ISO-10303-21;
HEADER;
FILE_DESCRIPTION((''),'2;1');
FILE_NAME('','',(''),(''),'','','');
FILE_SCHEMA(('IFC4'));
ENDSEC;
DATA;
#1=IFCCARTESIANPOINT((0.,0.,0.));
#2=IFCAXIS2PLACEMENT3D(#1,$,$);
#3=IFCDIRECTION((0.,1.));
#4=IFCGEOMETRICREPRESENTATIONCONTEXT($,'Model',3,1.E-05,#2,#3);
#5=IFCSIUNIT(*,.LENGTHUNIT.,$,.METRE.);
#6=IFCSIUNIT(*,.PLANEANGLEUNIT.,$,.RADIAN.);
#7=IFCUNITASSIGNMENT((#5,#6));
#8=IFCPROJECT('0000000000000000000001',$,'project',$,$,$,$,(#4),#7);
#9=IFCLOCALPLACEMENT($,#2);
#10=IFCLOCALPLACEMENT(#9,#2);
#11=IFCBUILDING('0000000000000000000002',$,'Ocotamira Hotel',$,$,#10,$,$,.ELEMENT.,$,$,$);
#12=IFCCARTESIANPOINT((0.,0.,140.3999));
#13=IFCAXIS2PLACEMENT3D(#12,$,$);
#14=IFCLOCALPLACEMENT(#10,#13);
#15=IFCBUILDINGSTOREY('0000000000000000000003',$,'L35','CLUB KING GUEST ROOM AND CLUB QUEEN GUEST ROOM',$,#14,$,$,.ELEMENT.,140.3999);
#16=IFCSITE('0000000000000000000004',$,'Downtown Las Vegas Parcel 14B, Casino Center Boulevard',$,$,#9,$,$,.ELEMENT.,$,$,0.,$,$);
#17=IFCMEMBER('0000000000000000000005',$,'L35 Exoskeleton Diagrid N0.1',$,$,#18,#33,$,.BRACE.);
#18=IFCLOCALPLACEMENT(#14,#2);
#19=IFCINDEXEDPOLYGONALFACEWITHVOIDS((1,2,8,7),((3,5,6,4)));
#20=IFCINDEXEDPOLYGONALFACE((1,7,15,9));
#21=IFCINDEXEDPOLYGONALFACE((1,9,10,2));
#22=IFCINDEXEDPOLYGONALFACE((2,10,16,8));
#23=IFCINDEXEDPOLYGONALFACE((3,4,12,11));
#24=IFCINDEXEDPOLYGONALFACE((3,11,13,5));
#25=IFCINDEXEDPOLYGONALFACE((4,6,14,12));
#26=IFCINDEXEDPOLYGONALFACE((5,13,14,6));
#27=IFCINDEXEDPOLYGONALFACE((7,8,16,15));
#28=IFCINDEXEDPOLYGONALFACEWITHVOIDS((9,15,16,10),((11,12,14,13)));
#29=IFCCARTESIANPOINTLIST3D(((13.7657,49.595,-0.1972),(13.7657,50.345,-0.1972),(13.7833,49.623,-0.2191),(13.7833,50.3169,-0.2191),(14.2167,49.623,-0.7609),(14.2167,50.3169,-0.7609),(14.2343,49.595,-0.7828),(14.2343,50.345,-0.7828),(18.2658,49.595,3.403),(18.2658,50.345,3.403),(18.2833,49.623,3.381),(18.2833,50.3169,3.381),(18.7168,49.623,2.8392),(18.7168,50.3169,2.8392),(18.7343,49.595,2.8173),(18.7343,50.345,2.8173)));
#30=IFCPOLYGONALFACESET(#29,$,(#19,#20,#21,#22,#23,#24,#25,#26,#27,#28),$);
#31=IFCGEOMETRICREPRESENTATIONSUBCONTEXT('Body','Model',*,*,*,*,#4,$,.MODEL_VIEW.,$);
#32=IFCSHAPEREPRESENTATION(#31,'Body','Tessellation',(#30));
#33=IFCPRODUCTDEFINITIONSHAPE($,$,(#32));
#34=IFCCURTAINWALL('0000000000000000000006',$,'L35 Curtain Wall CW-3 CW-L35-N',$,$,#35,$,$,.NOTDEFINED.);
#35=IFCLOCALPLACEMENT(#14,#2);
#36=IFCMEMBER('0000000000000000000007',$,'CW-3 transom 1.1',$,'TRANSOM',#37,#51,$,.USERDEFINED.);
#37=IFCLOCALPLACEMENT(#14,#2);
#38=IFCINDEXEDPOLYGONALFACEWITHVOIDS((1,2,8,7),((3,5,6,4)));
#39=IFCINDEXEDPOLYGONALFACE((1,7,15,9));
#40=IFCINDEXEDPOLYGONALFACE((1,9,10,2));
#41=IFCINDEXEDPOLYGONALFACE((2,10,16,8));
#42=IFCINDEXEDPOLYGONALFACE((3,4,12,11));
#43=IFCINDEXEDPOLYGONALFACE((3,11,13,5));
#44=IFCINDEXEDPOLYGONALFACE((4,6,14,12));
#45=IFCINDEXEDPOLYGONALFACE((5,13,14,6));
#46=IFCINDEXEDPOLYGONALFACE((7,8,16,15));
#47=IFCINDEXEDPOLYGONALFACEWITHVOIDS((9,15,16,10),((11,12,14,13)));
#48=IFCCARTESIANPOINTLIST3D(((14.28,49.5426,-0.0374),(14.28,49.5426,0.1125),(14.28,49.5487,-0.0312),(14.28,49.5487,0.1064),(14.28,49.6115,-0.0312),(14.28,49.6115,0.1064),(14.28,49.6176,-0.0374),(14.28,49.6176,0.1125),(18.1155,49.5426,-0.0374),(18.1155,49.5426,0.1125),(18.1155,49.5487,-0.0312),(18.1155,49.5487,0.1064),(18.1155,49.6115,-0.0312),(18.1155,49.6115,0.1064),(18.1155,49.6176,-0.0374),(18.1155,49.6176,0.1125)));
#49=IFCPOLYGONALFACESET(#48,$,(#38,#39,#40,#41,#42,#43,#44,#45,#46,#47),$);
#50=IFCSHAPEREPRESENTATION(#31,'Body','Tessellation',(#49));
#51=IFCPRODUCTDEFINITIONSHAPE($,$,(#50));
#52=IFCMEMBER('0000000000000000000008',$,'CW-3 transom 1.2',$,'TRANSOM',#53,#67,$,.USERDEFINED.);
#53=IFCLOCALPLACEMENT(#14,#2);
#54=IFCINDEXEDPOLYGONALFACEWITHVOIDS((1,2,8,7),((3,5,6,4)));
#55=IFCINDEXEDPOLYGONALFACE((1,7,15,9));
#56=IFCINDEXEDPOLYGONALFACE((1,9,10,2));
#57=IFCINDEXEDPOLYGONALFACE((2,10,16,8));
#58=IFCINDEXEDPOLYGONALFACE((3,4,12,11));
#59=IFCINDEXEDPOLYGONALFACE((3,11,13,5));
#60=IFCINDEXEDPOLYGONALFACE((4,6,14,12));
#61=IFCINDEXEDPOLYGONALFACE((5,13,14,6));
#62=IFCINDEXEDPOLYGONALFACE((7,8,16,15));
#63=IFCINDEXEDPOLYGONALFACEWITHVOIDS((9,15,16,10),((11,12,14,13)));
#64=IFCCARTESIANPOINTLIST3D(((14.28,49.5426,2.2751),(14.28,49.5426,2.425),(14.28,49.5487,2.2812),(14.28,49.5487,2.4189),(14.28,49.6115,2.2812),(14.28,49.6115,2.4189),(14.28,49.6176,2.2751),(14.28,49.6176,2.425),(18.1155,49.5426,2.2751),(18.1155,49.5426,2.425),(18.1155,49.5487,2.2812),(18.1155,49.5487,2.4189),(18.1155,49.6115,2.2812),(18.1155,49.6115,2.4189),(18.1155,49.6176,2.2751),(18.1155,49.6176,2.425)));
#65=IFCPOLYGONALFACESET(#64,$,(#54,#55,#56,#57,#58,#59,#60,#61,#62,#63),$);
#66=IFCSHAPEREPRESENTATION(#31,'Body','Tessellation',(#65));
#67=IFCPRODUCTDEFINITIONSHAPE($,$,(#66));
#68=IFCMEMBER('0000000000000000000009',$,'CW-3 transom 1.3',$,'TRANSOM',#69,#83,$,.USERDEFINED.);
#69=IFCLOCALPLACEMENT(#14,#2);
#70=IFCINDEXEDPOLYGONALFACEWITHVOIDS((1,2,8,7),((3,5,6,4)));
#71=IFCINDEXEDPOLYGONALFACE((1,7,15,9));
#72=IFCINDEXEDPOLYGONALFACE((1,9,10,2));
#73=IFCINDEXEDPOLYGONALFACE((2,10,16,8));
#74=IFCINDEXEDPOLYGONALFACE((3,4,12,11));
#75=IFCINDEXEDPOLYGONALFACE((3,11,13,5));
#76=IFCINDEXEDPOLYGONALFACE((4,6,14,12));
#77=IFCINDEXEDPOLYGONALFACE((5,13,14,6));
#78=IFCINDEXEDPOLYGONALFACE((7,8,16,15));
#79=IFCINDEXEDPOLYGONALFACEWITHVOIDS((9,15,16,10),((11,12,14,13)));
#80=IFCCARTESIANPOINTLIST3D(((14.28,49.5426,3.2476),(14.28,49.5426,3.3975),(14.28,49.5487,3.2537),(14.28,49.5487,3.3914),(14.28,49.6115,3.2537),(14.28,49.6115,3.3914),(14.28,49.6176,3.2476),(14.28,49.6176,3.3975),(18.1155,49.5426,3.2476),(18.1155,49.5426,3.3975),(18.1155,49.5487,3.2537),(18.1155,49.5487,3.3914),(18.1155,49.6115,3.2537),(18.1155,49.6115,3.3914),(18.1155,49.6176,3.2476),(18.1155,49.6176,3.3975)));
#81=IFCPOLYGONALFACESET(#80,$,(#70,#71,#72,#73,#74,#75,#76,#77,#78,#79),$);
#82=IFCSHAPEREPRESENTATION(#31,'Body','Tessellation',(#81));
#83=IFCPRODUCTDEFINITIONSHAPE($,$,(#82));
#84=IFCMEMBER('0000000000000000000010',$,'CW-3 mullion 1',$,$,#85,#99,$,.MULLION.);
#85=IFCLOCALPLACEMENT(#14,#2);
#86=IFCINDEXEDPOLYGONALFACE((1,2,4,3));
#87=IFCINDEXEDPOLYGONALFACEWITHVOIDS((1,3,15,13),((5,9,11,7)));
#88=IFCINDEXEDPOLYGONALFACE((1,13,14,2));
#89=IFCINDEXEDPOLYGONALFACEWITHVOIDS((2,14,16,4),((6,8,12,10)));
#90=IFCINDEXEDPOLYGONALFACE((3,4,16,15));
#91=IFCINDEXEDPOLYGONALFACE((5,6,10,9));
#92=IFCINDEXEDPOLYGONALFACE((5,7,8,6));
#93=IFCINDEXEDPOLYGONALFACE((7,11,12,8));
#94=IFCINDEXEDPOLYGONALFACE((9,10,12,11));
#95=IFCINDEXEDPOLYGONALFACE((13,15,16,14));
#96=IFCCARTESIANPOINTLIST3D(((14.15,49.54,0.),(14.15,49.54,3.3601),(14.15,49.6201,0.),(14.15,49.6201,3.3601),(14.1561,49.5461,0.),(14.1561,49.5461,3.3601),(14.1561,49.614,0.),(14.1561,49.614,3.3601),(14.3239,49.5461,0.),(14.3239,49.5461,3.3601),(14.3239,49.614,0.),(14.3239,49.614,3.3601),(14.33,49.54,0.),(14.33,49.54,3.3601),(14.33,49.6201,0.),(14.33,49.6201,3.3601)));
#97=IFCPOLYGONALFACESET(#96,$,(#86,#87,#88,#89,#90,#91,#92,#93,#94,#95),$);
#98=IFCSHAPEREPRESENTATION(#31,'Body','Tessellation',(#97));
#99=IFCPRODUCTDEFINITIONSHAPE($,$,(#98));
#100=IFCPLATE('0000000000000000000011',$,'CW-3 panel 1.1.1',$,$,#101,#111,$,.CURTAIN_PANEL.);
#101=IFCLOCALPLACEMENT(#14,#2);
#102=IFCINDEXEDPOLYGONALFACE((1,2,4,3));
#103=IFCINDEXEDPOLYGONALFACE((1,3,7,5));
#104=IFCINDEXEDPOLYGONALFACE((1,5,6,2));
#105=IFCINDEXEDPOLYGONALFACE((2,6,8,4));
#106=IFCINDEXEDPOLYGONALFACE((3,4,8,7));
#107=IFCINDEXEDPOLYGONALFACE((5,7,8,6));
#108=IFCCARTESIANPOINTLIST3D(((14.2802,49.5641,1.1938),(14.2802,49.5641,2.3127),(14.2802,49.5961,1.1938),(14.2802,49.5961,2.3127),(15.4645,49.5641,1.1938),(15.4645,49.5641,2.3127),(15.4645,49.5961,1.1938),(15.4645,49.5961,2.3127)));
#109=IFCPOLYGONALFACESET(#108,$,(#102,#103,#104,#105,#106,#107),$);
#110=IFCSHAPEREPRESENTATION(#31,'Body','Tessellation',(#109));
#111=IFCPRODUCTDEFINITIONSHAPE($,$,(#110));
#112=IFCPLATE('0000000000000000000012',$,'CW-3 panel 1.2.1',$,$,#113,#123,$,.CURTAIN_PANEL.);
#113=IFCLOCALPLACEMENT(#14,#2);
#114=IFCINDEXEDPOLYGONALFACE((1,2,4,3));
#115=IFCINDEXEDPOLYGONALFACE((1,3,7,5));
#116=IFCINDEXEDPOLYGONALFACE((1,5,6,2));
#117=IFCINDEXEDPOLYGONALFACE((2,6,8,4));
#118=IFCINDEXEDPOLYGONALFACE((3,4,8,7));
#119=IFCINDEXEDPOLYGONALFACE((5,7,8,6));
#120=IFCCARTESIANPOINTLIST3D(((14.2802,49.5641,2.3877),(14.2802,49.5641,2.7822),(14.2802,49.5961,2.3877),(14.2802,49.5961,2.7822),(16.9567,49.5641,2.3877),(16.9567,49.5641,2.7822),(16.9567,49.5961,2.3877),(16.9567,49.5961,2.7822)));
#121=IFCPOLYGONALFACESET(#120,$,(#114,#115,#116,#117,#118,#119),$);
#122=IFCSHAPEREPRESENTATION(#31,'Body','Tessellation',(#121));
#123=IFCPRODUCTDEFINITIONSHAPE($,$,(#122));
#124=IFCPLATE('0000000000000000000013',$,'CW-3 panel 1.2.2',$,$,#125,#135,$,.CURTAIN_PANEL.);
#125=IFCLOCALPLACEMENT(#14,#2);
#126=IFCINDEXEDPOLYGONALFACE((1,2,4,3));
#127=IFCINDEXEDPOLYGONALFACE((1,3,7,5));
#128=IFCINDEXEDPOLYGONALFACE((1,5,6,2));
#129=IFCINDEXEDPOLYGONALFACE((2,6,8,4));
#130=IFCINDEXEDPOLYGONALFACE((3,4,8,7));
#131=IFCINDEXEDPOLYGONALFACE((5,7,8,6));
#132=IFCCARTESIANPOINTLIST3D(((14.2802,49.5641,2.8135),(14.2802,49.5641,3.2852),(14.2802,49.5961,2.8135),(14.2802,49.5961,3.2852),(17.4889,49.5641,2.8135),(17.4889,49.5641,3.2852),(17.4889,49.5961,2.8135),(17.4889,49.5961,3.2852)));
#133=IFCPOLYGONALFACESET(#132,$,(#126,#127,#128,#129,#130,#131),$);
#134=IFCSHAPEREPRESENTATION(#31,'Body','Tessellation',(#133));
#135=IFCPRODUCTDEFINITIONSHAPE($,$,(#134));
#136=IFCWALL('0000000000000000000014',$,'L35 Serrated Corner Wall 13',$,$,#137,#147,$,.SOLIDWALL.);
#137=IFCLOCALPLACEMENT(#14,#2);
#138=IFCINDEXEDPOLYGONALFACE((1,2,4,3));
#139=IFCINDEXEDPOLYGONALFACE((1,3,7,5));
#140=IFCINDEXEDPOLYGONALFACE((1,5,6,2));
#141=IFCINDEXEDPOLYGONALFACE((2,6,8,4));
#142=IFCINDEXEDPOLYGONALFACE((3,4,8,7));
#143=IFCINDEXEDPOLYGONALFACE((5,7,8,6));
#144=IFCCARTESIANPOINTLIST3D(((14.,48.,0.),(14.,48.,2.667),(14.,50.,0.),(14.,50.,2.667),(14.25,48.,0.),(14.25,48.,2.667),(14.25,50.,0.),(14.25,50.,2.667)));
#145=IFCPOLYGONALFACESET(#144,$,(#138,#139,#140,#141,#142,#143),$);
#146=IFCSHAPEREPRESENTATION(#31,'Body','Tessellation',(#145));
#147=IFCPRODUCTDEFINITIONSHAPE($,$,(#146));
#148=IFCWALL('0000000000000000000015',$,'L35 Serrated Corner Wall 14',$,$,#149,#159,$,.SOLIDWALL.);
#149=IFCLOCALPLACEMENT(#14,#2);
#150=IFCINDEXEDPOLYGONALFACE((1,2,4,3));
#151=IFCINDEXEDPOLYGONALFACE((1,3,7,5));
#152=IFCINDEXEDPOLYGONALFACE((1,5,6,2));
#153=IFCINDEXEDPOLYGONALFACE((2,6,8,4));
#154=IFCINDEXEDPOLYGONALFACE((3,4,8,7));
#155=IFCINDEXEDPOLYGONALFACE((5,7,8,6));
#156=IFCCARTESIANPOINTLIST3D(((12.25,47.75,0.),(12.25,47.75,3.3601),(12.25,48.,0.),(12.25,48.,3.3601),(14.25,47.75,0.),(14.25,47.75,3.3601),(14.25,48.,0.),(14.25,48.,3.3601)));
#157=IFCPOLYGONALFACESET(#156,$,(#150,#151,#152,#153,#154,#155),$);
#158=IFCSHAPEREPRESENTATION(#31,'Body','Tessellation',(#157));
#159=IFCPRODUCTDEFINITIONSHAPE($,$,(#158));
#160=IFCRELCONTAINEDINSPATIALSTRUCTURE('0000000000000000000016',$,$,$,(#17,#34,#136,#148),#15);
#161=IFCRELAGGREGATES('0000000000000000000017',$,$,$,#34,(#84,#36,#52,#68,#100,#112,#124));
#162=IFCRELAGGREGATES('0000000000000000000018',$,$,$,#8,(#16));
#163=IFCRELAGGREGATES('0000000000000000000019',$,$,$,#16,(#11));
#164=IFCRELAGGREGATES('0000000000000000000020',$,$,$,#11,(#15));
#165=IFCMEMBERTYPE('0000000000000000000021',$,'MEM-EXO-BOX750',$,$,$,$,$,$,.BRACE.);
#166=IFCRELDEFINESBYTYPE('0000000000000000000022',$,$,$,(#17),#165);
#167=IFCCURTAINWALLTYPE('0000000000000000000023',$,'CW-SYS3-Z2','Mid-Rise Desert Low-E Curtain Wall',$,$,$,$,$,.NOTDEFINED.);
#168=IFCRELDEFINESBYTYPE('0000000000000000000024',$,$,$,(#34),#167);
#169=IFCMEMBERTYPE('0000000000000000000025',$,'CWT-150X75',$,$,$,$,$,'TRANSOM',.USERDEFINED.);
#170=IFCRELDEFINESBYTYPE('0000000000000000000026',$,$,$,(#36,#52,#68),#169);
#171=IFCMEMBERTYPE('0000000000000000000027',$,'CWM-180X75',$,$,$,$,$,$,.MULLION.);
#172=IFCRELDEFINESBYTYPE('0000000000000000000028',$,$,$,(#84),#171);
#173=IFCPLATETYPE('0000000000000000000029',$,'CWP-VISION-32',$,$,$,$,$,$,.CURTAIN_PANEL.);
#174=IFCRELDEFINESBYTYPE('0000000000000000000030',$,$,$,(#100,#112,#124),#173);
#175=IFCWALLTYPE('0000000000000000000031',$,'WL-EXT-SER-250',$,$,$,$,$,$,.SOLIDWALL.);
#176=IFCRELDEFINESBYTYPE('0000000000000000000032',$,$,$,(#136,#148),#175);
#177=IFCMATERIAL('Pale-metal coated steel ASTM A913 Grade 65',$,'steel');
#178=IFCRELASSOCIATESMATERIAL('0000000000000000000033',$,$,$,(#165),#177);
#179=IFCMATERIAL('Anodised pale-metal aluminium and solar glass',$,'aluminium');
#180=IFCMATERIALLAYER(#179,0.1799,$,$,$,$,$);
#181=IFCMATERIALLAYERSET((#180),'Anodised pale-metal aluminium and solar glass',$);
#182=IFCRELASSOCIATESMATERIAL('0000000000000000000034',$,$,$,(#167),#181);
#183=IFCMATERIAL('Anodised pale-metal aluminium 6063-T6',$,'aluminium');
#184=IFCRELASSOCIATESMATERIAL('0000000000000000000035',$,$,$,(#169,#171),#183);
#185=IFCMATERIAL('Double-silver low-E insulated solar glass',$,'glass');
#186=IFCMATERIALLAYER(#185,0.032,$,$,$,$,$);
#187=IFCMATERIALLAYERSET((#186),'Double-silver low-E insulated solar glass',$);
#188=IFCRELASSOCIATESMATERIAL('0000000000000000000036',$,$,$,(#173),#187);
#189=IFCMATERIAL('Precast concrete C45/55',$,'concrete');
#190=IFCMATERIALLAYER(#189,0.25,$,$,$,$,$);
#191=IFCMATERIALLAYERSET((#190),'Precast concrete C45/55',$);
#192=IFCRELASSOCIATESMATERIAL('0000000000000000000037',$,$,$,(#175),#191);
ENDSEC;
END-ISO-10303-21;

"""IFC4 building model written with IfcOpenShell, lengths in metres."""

from ifc_helpers import new_model, si_unit, direction, frame, frame_2d, origin, origin_2d, place, context, subcontext, project, spatial, rectangle, hollow_rectangle, extrude, source, transform, mapped, material, layer, layer_set, material_profile, profile_set, type_object, element, aggregate, save


model = new_model("IFC4")

# Units and contexts
model_context = context("Model", 3, precision=1e-05, world=origin(), true_north=direction((0.0, 1.0)))
body_context = subcontext(model_context, "Body", "Model", "MODEL_VIEW")
ifc_project = project(units=[si_unit("LENGTHUNIT", "METRE"), si_unit("PLANEANGLEUNIT", "RADIAN")], contexts=[model_context])

# Site, building, storey
site_placement = place(None, origin())
site = spatial("IfcSite", under=ifc_project, at=site_placement, Name="Downtown Las Vegas Parcel 14B, Casino Center Boulevard", CompositionType="ELEMENT", RefElevation=0.0)
building_placement = place(site_placement, origin())
building = spatial("IfcBuilding", under=site, at=building_placement, Name="Ocotamira Hotel", CompositionType="ELEMENT")
storey_placement = place(building_placement, frame((0.0, 0.0, 140.3999)))
storey = spatial("IfcBuildingStorey", under=building, at=storey_placement, Name="L35", Description="CLUB KING GUEST ROOM AND CLUB QUEEN GUEST ROOM", CompositionType="ELEMENT", Elevation=140.3999)

# Member
ifc_material_1 = material(Name="Pale-metal coated steel ASTM A913 Grade 65", Category="steel")
ifc_material_profile_1 = material_profile(ifc_material_1, hollow_rectangle(XDim=0.75, YDim=0.75, WallThickness=0.0281, at=origin_2d()), Name="BOX750X750X28")
ifc_profile_set_1 = profile_set([ifc_material_profile_1], Name="Pale-metal coated steel ASTM A913 Grade 65")
member_type_1 = type_object("IfcMemberType", Name="MEM-EXO-BOX750", PredefinedType="BRACE", material=ifc_profile_set_1)
shared_shape_1 = source(origin(), body_context, "Body", "SweptSolid", [
    extrude(hollow_rectangle(XDim=0.75, YDim=0.75, WallThickness=0.0281, at=origin_2d()), origin(), (0.0, 0.0, 1.0), 5.7629),
])
member_1_placement = place(storey_placement, frame((14.0, 49.97, -0.49), z_axis=(0.780861, 0.0, 0.624705), x_axis=(0.0, 1.0, 0.0)))
element("IfcMember", 1, at=member_1_placement, inside=storey, type_object=member_type_1, Name="L35 Exoskeleton Diagrid N0.1", PredefinedType="BRACE", context=body_context, shape_type="MappedRepresentation", body=[
    mapped(shared_shape_1, transform((0.0, 0.0, 0.0), scale=1.0)),
])

# Curtain wall, members, plates
ifc_material_2 = material(Name="Anodised pale-metal aluminium and solar glass", Category="aluminium")
ifc_layer_1 = layer(ifc_material_2, 0.1799)
ifc_layer_set_1 = layer_set([ifc_layer_1], Name="Anodised pale-metal aluminium and solar glass")
curtain_wall_type = type_object("IfcCurtainWallType", Name="CW-SYS3-Z2", Description="Mid-Rise Desert Low-E Curtain Wall", PredefinedType="NOTDEFINED", material=ifc_layer_set_1)
curtain_wall_placement = place(storey_placement, origin())
curtain_wall = element("IfcCurtainWall", 2, at=curtain_wall_placement, inside=storey, type_object=curtain_wall_type, Name="L35 Curtain Wall CW-3 CW-L35-N", PredefinedType="NOTDEFINED")
ifc_material_3 = material(Name="Anodised pale-metal aluminium 6063-T6", Category="aluminium")
ifc_material_profile_2 = material_profile(ifc_material_3, hollow_rectangle(XDim=0.075, YDim=0.1499, WallThickness=0.0061, at=origin_2d()), Name="HSS150X75X6")
ifc_profile_set_2 = profile_set([ifc_material_profile_2], Name="Anodised pale-metal aluminium 6063-T6")
member_type_2 = type_object("IfcMemberType", Name="CWT-150X75", ElementType="TRANSOM", PredefinedType="USERDEFINED", material=ifc_profile_set_2)
shared_shape_2 = source(origin(), body_context, "Body", "SweptSolid", [
    extrude(hollow_rectangle(XDim=0.075, YDim=0.1499, WallThickness=0.0061, at=origin_2d()), origin(), (0.0, 0.0, 1.0), 3.8354),
])
member_2_placement = place(storey_placement, frame((14.28, 49.5801, 0.0376), z_axis=(1.0, 0.0, 0.0), x_axis=(0.0, 1.0, 0.0)))
member_2 = element("IfcMember", 3, at=member_2_placement, type_object=member_type_2, Name="CW-3 transom 1.1", ObjectType="TRANSOM", PredefinedType="USERDEFINED", context=body_context, shape_type="MappedRepresentation", body=[
    mapped(shared_shape_2, transform((0.0, 0.0, 0.0), scale=1.0)),
])
member_3_placement = place(storey_placement, frame((14.28, 49.5801, 2.3501), z_axis=(1.0, 0.0, 0.0), x_axis=(0.0, 1.0, 0.0)))
member_3 = element("IfcMember", 4, at=member_3_placement, type_object=member_type_2, Name="CW-3 transom 1.2", ObjectType="TRANSOM", PredefinedType="USERDEFINED", context=body_context, shape_type="MappedRepresentation", body=[
    mapped(shared_shape_2, transform((0.0, 0.0, 0.0), scale=1.0)),
])
member_4_placement = place(storey_placement, frame((14.28, 49.5801, 3.3225), z_axis=(1.0, 0.0, 0.0), x_axis=(0.0, 1.0, 0.0)))
member_4 = element("IfcMember", 5, at=member_4_placement, type_object=member_type_2, Name="CW-3 transom 1.3", ObjectType="TRANSOM", PredefinedType="USERDEFINED", context=body_context, shape_type="MappedRepresentation", body=[
    mapped(shared_shape_2, transform((0.0, 0.0, 0.0), scale=1.0)),
])
ifc_material_profile_3 = material_profile(ifc_material_3, hollow_rectangle(XDim=0.0801, YDim=0.1799, WallThickness=0.0061, at=origin_2d()), Name="HSS180X80X6")
ifc_profile_set_3 = profile_set([ifc_material_profile_3], Name="Anodised pale-metal aluminium 6063-T6")
member_type_3 = type_object("IfcMemberType", Name="CWM-180X75", PredefinedType="MULLION", material=ifc_profile_set_3)
shared_shape_3 = source(origin(), body_context, "Body", "SweptSolid", [
    extrude(hollow_rectangle(XDim=0.0801, YDim=0.1799, WallThickness=0.0061, at=origin_2d()), origin(), (0.0, 0.0, 1.0), 3.3601),
])
member_5_placement = place(storey_placement, frame((14.24, 49.5801, 0.0), z_axis=(0.0, 0.0, 1.0), x_axis=(0.0, 1.0, 0.0)))
member_5 = element("IfcMember", 6, at=member_5_placement, type_object=member_type_3, Name="CW-3 mullion 1", PredefinedType="MULLION", context=body_context, shape_type="MappedRepresentation", body=[
    mapped(shared_shape_3, transform((0.0, 0.0, 0.0), scale=1.0)),
])
ifc_material_4 = material(Name="Double-silver low-E insulated solar glass", Category="glass")
ifc_layer_2 = layer(ifc_material_4, 0.032)
ifc_layer_set_2 = layer_set([ifc_layer_2], Name="Double-silver low-E insulated solar glass")
plate_type = type_object("IfcPlateType", Name="CWP-VISION-32", PredefinedType="CURTAIN_PANEL", material=ifc_layer_set_2)
shared_shape_4 = source(origin(), body_context, "Body", "SweptSolid", [
    extrude(rectangle(XDim=1.1843, YDim=0.032, at=origin_2d()), origin(), (0.0, 0.0, 1.0), 1.1189),
])
plate_1_placement = place(storey_placement, frame((14.8723, 49.5801, 1.1938), z_axis=(0.0, 0.0, 1.0), x_axis=(1.0, 0.0, 0.0)))
plate_1 = element("IfcPlate", 7, at=plate_1_placement, type_object=plate_type, Name="CW-3 panel 1.1.1", PredefinedType="CURTAIN_PANEL", context=body_context, shape_type="MappedRepresentation", body=[
    mapped(shared_shape_4, transform((0.0, 0.0, 0.0), scale=1.0)),
])
shared_shape_5 = source(origin(), body_context, "Body", "SweptSolid", [
    extrude(rectangle(XDim=2.6765, YDim=0.032, at=origin_2d()), origin(), (0.0, 0.0, 1.0), 0.3945),
])
plate_2_placement = place(storey_placement, frame((15.6184, 49.5801, 2.3877), z_axis=(0.0, 0.0, 1.0), x_axis=(1.0, 0.0, 0.0)))
plate_2 = element("IfcPlate", 8, at=plate_2_placement, type_object=plate_type, Name="CW-3 panel 1.2.1", PredefinedType="CURTAIN_PANEL", context=body_context, shape_type="MappedRepresentation", body=[
    mapped(shared_shape_5, transform((0.0, 0.0, 0.0), scale=1.0)),
])
shared_shape_6 = source(origin(), body_context, "Body", "SweptSolid", [
    extrude(rectangle(XDim=3.2087, YDim=0.032, at=origin_2d()), origin(), (0.0, 0.0, 1.0), 0.4717),
])
plate_3_placement = place(storey_placement, frame((15.8845, 49.5801, 2.8135), z_axis=(0.0, 0.0, 1.0), x_axis=(1.0, 0.0, 0.0)))
plate_3 = element("IfcPlate", 9, at=plate_3_placement, type_object=plate_type, Name="CW-3 panel 1.2.2", PredefinedType="CURTAIN_PANEL", context=body_context, shape_type="MappedRepresentation", body=[
    mapped(shared_shape_6, transform((0.0, 0.0, 0.0), scale=1.0)),
])
aggregate(curtain_wall, [member_5, member_2, member_3, member_4, plate_1, plate_2, plate_3])

# Walls
ifc_material_5 = material(Name="Precast concrete C45/55", Category="concrete")
ifc_layer_3 = layer(ifc_material_5, 0.25)
ifc_layer_set_3 = layer_set([ifc_layer_3], Name="Precast concrete C45/55")
wall_type = type_object("IfcWallType", Name="WL-EXT-SER-250", PredefinedType="SOLIDWALL", material=ifc_layer_set_3)
wall_1_placement = place(storey_placement, frame((14.125, 50.0, 0.0), z_axis=(0.0, 0.0, 1.0), x_axis=(0.0, -1.0, 0.0)))
element("IfcWall", 10, at=wall_1_placement, inside=storey, type_object=wall_type, Name="L35 Serrated Corner Wall 13", PredefinedType="SOLIDWALL", context=body_context, shape_type="SweptSolid", body=[
    extrude(rectangle(XDim=2.0, YDim=0.25, at=frame_2d((1.0, 0.0))), origin(), (0.0, 0.0, 1.0), 2.667),
])
wall_2_placement = place(storey_placement, frame((14.25, 47.875, 0.0), z_axis=(0.0, 0.0, 1.0), x_axis=(-1.0, 0.0, 0.0)))
element("IfcWall", 11, at=wall_2_placement, inside=storey, type_object=wall_type, Name="L35 Serrated Corner Wall 14", PredefinedType="SOLIDWALL", context=body_context, shape_type="SweptSolid", body=[
    extrude(rectangle(XDim=2.0, YDim=0.25, at=frame_2d((1.0, 0.0))), origin(), (0.0, 0.0, 1.0), 3.3601),
])

save(model, "model.ifc")
